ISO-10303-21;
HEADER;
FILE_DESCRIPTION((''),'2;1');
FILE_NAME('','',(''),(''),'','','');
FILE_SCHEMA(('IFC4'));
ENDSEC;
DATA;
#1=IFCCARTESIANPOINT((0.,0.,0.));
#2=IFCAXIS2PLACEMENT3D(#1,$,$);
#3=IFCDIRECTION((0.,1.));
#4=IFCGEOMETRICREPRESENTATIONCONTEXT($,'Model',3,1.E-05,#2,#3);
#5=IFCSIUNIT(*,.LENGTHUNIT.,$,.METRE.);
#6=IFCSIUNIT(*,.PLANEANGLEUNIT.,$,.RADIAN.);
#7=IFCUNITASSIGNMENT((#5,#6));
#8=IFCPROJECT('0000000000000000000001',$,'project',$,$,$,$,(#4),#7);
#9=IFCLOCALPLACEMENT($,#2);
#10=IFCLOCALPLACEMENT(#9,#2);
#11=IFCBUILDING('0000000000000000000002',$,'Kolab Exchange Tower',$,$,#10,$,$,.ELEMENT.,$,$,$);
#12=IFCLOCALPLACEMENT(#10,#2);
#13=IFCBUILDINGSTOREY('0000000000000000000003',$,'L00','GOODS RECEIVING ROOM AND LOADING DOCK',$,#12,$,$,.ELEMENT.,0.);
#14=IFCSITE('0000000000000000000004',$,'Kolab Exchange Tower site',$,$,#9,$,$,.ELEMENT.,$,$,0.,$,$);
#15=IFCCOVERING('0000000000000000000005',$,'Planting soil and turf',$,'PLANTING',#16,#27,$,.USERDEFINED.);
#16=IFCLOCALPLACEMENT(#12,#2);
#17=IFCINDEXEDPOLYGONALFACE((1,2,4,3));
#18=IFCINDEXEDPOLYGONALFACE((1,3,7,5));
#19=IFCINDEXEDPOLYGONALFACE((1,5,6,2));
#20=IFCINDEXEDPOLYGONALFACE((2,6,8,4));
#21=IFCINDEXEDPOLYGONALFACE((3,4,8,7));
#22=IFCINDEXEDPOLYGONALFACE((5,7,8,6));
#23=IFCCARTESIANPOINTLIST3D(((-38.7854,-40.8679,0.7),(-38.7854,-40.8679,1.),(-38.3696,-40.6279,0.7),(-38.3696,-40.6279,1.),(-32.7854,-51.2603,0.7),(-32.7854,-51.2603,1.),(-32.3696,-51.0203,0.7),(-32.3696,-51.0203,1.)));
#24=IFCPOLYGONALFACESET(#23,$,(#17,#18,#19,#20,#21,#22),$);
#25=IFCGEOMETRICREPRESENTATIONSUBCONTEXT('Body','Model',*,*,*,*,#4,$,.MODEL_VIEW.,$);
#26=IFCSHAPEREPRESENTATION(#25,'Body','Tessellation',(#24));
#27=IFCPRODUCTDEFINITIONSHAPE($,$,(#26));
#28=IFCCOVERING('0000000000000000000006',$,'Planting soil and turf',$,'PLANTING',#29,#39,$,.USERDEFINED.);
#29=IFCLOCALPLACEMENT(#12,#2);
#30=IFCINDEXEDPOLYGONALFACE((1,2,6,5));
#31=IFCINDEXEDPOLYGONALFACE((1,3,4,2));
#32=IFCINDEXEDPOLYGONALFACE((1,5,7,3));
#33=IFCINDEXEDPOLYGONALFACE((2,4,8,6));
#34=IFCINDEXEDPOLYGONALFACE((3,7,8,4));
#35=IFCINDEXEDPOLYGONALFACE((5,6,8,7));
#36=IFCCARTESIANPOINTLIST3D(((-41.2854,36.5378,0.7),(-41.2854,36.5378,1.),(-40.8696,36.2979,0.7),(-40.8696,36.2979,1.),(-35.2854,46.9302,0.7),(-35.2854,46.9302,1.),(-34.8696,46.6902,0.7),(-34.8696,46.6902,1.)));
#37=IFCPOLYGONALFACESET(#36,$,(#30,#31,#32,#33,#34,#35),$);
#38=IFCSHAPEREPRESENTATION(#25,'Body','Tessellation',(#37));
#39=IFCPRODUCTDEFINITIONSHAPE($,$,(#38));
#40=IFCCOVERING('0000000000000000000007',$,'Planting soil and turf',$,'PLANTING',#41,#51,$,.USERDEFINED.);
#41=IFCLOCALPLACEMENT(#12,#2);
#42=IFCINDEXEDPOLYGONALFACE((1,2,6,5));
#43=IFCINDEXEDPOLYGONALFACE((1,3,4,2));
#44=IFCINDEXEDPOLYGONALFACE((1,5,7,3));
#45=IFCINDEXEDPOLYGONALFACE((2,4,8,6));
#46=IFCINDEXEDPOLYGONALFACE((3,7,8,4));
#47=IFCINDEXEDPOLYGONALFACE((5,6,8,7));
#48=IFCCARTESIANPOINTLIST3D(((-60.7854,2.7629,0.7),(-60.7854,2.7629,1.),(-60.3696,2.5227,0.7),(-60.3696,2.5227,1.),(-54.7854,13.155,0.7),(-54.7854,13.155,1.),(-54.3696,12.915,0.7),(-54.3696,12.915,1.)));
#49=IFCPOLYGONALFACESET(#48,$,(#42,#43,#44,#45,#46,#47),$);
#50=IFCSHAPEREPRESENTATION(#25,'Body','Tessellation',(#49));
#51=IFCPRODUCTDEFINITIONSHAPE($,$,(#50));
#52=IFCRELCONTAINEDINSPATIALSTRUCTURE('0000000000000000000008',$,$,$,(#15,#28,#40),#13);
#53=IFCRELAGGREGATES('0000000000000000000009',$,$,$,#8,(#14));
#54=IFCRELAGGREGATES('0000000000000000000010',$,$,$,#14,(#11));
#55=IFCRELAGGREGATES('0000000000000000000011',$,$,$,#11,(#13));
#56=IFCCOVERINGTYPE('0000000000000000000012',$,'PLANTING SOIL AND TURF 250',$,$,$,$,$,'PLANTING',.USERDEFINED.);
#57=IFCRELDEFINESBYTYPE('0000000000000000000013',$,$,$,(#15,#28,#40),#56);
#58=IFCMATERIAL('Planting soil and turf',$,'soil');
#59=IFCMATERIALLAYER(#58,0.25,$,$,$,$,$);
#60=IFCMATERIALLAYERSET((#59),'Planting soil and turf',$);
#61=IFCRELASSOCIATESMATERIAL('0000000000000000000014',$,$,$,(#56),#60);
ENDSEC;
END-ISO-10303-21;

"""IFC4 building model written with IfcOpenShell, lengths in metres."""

from ifc_helpers import new_model, si_unit, direction, frame, origin, place, context, subcontext, project, spatial, polyline, outline, extrude, material, layer, layer_set, type_object, element, save


model = new_model("IFC4")

# Units and contexts
model_context = context("Model", 3, precision=1e-05, world=origin(), true_north=direction((0.0, 1.0)))
body_context = subcontext(model_context, "Body", "Model", "MODEL_VIEW")
ifc_project = project(units=[si_unit("LENGTHUNIT", "METRE"), si_unit("PLANEANGLEUNIT", "RADIAN")], contexts=[model_context])

# Site, building, storey
site_placement = place(None, origin())
site = spatial("IfcSite", under=ifc_project, at=site_placement, Name="Kolab Exchange Tower site", CompositionType="ELEMENT", RefElevation=0.0)
building_placement = place(site_placement, origin())
building = spatial("IfcBuilding", under=site, at=building_placement, Name="Kolab Exchange Tower", CompositionType="ELEMENT")
storey_placement = place(building_placement, origin())
storey = spatial("IfcBuildingStorey", under=building, at=storey_placement, Name="L00", Description="GOODS RECEIVING ROOM AND LOADING DOCK", CompositionType="ELEMENT", Elevation=0.0)

# Coverings
ifc_material_1 = material(Name="Planting soil and turf", Category="soil")
ifc_layer_1 = layer(ifc_material_1, 0.25)
ifc_layer_set_1 = layer_set([ifc_layer_1], Name="Planting soil and turf")
covering_type_1 = type_object("IfcCoveringType", Name="PLANTING SOIL AND TURF 250", ElementType="PLANTING", PredefinedType="USERDEFINED", material=ifc_layer_set_1)
covering_1_placement = place(storey_placement, frame((0.0, 0.0, 0.7)))
element("IfcCovering", 1, at=covering_1_placement, inside=storey, type_object=covering_type_1, Name="Planting soil and turf", ObjectType="PLANTING", PredefinedType="USERDEFINED", context=body_context, shape_type="SweptSolid", body=[
    extrude(outline(polyline([(-38.7854, -40.8679), (-38.3696, -40.6279), (-32.3696, -51.0203), (-32.7854, -51.2603), (-38.7854, -40.8679)])), origin(), (0.0, 0.0, 1.0), 0.3),
])
covering_2_placement = place(storey_placement, frame((0.0, 0.0, 0.7)))
element("IfcCovering", 2, at=covering_2_placement, inside=storey, type_object=covering_type_1, Name="Planting soil and turf", ObjectType="PLANTING", PredefinedType="USERDEFINED", context=body_context, shape_type="SweptSolid", body=[
    extrude(outline(polyline([(-35.2854, 46.9302), (-34.8696, 46.6902), (-40.8696, 36.2979), (-41.2854, 36.5378), (-35.2854, 46.9302)])), origin(), (0.0, 0.0, 1.0), 0.3),
])
covering_3_placement = place(storey_placement, frame((0.0, 0.0, 0.7)))
element("IfcCovering", 3, at=covering_3_placement, inside=storey, type_object=covering_type_1, Name="Planting soil and turf", ObjectType="PLANTING", PredefinedType="USERDEFINED", context=body_context, shape_type="SweptSolid", body=[
    extrude(outline(polyline([(-54.7854, 13.155), (-54.3696, 12.915), (-60.3696, 2.5227), (-60.7854, 2.7629), (-54.7854, 13.155)])), origin(), (0.0, 0.0, 1.0), 0.3),
])

save(model, "model.ifc")
